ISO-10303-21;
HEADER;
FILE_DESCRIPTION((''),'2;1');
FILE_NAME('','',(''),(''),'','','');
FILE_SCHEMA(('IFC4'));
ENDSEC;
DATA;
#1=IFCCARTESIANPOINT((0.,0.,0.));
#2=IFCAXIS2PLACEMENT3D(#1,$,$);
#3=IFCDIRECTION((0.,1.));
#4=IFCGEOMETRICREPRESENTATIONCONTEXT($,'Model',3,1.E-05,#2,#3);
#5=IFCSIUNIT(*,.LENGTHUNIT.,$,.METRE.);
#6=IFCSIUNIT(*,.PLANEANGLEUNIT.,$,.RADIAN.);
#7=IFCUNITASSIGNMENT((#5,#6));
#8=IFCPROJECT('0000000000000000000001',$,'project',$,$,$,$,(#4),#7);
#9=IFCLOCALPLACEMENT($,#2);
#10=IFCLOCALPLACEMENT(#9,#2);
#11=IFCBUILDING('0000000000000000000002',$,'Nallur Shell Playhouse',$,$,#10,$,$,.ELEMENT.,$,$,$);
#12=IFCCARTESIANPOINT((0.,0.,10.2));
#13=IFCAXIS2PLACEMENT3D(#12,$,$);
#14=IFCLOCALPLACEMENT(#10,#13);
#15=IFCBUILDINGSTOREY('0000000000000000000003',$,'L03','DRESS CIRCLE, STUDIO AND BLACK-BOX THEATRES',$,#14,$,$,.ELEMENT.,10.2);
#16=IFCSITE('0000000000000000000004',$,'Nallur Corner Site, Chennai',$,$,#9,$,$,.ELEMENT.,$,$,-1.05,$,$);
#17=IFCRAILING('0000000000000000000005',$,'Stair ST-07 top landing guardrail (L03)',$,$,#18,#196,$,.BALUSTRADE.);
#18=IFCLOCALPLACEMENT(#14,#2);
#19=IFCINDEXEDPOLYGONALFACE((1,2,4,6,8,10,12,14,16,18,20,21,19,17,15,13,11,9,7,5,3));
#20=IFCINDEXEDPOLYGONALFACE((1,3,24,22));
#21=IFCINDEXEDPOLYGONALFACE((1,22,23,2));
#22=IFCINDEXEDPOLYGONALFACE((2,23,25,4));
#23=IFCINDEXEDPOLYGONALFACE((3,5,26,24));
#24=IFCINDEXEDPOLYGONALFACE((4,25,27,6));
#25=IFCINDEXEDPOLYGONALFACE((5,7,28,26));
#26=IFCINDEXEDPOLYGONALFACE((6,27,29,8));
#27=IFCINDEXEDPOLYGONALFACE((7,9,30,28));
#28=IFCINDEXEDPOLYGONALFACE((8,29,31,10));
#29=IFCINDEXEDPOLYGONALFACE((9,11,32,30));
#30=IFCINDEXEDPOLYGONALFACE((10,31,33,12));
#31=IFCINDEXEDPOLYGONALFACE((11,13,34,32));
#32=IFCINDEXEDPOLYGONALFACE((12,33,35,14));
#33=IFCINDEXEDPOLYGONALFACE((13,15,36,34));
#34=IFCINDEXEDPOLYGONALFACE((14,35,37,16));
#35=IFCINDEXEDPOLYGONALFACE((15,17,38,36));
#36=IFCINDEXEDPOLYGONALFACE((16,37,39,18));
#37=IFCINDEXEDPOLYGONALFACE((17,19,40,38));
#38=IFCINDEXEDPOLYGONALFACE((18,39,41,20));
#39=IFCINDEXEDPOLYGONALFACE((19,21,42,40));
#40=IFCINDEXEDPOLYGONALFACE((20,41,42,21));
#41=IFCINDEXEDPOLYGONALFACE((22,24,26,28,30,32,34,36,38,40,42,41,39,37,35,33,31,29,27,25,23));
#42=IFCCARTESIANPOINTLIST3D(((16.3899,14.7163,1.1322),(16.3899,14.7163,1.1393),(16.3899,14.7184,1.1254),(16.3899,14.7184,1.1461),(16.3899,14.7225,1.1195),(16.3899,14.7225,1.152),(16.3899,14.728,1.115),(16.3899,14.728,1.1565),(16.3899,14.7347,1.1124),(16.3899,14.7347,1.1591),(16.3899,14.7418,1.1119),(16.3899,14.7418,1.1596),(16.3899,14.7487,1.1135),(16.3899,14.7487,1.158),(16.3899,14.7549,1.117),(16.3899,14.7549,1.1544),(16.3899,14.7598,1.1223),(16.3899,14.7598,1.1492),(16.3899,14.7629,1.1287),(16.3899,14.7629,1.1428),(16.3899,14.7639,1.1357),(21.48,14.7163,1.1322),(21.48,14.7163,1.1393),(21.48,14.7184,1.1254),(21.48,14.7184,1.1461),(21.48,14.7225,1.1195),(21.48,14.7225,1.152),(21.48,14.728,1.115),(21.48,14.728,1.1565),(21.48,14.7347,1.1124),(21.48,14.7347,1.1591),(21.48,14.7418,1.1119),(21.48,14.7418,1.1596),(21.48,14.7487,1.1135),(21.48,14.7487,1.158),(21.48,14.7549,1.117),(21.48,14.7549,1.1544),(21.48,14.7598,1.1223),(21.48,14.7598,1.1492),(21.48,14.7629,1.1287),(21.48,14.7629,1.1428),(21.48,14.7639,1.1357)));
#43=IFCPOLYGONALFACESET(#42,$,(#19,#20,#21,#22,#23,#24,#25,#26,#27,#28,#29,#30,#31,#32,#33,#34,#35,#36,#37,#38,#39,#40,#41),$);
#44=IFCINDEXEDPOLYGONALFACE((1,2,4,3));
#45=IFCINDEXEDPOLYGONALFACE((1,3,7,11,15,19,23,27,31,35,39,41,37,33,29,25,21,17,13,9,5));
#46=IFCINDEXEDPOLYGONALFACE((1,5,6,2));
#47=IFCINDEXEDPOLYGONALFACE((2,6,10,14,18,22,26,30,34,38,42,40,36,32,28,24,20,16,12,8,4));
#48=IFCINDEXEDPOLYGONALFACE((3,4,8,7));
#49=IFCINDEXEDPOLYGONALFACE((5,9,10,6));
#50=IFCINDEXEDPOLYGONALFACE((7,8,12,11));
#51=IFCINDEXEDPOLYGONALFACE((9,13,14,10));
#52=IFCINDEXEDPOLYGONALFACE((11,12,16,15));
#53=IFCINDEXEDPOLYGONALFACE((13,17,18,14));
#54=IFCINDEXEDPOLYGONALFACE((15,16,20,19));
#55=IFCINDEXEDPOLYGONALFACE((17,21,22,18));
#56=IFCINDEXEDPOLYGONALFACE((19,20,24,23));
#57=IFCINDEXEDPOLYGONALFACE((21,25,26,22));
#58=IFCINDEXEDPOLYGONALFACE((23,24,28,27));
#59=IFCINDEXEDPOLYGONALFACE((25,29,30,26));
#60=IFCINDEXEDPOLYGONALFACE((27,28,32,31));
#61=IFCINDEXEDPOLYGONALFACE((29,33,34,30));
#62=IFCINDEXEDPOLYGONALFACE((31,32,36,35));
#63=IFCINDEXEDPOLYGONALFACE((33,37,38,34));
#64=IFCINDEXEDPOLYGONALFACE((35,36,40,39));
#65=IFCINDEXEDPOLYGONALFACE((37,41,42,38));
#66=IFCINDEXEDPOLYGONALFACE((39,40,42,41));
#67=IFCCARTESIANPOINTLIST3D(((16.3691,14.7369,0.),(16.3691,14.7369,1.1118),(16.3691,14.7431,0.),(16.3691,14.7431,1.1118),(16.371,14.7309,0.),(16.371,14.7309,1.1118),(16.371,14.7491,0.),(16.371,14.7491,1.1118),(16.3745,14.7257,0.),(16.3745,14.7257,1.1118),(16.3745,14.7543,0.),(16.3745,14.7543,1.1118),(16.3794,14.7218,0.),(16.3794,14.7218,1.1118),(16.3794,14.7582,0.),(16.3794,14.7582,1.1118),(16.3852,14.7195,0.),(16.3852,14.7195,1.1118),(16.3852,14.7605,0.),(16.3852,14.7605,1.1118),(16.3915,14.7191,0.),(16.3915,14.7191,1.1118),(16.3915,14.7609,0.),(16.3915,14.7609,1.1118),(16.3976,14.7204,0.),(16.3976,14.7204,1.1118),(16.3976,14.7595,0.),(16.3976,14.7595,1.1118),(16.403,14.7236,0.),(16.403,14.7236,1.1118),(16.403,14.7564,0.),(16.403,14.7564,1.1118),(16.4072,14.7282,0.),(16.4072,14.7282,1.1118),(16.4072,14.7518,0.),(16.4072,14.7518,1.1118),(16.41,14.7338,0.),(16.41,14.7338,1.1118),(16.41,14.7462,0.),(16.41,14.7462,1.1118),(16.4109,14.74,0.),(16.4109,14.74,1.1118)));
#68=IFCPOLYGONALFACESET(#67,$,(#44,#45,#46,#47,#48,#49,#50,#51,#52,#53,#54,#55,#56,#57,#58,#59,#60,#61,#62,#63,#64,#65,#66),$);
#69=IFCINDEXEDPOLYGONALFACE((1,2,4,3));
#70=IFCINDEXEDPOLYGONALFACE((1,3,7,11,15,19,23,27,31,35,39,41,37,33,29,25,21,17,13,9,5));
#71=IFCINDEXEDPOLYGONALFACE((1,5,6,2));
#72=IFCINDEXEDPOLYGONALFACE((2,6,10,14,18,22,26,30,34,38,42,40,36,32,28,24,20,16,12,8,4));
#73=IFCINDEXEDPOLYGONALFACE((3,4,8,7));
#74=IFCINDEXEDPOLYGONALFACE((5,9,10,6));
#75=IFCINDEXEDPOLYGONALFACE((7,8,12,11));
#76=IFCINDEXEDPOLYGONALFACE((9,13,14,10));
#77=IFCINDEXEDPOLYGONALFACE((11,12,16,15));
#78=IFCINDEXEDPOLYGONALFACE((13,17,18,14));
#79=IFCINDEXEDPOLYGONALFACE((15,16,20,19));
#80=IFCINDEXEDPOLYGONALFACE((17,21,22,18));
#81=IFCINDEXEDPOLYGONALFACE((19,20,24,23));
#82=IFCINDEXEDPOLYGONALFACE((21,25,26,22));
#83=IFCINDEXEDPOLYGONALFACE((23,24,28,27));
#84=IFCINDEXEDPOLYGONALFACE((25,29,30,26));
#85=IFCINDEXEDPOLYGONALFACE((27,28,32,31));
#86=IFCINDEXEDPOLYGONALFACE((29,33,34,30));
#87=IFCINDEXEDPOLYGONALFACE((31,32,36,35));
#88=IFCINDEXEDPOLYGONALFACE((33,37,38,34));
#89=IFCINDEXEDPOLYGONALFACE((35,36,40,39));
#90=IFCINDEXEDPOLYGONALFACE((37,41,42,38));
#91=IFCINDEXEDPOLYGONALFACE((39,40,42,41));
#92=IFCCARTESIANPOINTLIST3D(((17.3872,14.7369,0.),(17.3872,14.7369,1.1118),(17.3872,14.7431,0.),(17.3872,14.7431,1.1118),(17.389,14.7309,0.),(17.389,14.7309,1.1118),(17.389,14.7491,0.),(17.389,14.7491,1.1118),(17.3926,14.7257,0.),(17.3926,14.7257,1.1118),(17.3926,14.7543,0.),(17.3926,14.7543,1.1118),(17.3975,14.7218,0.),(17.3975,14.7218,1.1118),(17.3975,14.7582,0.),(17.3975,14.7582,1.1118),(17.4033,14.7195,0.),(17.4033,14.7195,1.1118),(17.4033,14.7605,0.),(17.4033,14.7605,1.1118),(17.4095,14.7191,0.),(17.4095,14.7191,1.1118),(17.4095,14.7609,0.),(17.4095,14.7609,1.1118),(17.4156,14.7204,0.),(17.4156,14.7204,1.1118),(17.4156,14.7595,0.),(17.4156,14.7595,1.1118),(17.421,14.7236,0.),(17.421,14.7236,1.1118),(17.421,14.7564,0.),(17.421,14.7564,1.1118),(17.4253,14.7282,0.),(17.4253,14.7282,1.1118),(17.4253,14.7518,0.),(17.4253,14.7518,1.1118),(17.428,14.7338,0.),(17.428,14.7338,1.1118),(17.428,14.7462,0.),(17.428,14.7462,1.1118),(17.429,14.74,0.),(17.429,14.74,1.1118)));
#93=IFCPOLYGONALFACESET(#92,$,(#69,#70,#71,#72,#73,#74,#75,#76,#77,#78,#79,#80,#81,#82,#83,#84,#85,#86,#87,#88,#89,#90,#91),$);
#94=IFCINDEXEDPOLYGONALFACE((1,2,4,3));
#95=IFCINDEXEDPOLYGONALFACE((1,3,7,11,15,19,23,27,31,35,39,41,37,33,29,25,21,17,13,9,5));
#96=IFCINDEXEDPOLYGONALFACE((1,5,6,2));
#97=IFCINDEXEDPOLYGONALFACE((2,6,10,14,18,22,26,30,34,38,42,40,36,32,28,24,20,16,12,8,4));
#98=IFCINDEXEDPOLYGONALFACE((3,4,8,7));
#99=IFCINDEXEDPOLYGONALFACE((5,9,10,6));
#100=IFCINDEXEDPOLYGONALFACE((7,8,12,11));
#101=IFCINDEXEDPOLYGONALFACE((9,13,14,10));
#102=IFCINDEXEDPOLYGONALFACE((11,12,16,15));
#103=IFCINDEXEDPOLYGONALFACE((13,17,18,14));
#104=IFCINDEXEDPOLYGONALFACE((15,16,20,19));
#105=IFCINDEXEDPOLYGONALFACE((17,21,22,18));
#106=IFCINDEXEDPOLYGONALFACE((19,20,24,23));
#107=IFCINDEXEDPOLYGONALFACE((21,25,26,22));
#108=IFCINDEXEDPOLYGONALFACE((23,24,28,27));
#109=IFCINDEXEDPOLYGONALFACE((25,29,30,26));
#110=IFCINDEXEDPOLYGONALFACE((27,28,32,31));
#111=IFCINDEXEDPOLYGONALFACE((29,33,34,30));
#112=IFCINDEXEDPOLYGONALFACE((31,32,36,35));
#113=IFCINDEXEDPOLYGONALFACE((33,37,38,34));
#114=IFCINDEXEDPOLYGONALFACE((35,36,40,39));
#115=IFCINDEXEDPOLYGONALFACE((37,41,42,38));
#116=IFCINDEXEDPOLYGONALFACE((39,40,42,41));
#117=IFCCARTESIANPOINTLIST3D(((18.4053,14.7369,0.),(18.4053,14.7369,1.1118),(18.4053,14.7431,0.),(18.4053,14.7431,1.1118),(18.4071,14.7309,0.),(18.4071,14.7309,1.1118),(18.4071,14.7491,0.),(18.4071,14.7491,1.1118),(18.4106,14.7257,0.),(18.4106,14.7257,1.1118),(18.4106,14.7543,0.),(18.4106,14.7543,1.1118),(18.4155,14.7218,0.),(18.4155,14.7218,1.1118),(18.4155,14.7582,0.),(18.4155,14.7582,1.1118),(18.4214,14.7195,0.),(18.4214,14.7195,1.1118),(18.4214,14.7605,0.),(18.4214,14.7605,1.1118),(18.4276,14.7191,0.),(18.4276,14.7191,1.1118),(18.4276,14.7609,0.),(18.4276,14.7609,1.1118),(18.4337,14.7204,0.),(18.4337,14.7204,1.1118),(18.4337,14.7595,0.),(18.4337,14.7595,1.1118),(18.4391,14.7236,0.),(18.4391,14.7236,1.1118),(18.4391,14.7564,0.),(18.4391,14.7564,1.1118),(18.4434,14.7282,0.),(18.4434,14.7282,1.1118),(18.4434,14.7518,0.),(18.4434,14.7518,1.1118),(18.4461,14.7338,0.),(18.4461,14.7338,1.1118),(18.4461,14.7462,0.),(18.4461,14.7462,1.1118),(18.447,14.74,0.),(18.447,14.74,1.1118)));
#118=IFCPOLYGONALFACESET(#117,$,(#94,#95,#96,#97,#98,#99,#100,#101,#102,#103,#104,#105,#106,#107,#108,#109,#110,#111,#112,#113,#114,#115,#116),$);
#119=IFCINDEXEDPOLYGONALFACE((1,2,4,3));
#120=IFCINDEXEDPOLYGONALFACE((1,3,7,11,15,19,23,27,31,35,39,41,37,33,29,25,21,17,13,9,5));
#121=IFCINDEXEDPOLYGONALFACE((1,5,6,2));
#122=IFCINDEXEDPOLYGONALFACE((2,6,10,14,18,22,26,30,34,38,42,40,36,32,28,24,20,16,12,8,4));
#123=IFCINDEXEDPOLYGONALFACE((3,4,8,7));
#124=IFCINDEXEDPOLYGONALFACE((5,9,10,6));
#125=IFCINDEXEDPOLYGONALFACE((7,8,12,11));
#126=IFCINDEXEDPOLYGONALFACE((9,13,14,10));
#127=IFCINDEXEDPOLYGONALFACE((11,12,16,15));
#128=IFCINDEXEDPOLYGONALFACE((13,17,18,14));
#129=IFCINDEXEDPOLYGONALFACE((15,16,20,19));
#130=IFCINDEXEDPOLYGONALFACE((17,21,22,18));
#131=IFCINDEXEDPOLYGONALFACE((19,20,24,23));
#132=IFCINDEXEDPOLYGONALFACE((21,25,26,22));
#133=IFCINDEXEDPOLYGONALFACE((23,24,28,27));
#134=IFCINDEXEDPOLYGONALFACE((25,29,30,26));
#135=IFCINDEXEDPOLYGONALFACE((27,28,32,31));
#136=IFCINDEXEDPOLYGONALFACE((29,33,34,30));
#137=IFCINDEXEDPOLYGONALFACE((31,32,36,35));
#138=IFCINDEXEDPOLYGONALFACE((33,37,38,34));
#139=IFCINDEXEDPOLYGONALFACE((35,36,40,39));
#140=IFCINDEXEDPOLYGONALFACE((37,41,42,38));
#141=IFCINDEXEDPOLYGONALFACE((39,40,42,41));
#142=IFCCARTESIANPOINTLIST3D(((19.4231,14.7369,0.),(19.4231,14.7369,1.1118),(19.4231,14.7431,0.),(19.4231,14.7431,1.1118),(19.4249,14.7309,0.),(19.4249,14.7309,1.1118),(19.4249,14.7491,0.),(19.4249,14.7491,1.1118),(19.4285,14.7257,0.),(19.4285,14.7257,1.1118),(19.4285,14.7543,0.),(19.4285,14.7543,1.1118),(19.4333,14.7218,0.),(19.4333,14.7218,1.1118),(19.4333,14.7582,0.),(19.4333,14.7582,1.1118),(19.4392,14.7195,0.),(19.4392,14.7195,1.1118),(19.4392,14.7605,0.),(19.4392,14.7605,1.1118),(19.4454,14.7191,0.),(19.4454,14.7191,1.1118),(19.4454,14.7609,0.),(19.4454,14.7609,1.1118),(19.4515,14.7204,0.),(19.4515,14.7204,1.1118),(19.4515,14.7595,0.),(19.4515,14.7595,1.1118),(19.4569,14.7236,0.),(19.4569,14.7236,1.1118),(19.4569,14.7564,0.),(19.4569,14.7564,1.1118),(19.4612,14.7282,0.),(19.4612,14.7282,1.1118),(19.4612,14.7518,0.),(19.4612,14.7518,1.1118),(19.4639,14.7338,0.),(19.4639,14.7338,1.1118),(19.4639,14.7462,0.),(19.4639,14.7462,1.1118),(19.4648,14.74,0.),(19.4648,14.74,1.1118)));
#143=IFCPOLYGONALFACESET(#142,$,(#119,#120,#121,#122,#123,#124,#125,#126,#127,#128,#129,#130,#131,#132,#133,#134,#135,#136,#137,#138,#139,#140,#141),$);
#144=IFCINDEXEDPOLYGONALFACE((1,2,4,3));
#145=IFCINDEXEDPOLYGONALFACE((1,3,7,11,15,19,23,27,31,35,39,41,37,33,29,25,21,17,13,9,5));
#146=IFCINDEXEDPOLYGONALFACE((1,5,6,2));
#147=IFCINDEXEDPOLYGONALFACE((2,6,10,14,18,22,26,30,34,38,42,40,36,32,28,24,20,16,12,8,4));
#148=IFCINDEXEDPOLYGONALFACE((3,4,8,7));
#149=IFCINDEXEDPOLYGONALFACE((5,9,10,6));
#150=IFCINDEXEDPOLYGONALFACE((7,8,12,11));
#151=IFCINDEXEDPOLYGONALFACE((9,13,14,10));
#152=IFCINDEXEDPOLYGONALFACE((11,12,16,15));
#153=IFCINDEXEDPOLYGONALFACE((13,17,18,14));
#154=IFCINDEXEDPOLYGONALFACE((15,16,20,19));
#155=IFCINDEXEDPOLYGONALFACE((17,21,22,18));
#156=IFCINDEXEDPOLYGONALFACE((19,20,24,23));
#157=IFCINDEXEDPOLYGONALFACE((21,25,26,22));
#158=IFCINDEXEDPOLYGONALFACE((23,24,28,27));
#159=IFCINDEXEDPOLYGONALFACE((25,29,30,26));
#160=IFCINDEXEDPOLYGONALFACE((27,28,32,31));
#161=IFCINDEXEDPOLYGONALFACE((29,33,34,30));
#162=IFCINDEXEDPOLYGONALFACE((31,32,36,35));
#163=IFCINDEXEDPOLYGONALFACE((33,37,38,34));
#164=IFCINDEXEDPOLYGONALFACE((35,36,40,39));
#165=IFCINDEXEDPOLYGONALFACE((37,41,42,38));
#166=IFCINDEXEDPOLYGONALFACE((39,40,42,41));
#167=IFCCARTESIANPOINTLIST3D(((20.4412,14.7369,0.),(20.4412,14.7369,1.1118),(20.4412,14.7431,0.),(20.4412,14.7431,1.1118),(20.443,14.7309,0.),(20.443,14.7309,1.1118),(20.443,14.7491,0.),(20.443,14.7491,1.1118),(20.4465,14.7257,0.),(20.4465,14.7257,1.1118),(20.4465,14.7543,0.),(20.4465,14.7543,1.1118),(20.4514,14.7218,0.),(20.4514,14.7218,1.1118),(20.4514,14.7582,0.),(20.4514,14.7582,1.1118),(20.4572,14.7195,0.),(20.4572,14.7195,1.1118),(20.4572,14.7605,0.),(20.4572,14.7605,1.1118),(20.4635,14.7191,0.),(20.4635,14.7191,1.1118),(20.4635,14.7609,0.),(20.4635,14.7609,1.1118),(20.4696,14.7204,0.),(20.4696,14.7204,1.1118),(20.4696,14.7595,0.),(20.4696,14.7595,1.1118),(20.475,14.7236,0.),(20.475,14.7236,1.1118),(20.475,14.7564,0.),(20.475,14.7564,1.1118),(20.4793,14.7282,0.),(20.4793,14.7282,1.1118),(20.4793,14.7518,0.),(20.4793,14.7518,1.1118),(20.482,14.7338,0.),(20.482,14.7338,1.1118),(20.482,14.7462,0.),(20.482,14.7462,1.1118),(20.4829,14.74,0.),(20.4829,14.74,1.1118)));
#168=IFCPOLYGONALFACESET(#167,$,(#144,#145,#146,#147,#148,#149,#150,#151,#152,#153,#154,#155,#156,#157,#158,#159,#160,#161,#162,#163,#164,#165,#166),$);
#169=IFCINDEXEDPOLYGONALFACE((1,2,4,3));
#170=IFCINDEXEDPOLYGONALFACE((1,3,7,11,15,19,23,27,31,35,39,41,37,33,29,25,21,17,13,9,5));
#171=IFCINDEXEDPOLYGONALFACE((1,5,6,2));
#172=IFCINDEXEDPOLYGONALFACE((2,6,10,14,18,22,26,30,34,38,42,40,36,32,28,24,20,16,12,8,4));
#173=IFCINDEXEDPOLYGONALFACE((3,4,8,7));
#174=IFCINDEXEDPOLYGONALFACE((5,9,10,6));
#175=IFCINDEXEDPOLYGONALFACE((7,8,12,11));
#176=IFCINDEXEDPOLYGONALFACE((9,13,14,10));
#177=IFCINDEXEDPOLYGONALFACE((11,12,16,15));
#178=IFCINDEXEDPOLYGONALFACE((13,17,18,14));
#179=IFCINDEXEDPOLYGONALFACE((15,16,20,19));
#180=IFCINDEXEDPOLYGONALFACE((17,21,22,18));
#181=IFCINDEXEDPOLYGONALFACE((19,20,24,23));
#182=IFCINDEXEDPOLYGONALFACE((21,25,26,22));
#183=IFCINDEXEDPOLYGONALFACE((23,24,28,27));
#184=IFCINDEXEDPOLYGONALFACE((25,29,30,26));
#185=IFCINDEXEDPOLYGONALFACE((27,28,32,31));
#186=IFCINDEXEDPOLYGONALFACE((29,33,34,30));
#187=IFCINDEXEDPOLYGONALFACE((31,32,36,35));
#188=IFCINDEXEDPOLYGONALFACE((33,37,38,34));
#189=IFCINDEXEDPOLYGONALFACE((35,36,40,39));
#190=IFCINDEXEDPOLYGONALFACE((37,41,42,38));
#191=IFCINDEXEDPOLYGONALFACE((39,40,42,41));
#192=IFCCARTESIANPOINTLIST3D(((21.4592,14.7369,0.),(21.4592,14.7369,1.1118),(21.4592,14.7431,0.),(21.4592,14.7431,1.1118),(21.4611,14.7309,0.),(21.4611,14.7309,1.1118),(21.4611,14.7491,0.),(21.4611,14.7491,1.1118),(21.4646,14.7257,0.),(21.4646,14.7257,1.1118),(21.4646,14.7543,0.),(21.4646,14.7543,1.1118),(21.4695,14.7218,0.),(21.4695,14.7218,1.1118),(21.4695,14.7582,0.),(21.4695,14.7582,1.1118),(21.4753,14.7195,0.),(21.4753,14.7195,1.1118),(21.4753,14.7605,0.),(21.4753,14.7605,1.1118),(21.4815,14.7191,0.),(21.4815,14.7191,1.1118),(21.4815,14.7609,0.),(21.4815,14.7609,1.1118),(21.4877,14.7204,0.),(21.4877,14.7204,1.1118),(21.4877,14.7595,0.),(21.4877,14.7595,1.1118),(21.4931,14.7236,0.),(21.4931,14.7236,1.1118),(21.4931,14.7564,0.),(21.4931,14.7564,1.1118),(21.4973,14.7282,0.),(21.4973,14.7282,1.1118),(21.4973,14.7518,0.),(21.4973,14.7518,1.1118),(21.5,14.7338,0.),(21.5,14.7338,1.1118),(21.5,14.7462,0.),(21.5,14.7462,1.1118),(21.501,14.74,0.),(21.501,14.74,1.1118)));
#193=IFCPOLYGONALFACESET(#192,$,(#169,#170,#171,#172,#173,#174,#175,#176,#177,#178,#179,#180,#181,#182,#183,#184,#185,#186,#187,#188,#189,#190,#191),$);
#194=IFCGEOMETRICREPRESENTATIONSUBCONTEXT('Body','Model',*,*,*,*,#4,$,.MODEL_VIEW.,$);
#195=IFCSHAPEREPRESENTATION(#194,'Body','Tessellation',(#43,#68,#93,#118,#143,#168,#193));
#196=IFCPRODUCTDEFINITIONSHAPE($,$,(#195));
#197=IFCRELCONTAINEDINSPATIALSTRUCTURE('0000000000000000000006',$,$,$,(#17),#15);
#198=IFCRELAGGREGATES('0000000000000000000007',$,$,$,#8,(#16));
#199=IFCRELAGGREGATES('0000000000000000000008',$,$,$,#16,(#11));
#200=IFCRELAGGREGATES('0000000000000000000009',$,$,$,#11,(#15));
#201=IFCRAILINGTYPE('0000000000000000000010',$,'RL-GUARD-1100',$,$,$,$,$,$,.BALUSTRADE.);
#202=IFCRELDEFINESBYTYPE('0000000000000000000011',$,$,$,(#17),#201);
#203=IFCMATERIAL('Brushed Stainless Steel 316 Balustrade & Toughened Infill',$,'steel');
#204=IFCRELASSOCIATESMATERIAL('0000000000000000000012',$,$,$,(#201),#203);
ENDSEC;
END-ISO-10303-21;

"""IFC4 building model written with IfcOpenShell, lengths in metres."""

from ifc_helpers import new_model, si_unit, direction, frame, origin, origin_2d, place, context, subcontext, project, spatial, circle, extrude, material, type_object, element, save


model = new_model("IFC4")

# Units and contexts
model_context = context("Model", 3, precision=1e-05, world=origin(), true_north=direction((0.0, 1.0)))
body_context = subcontext(model_context, "Body", "Model", "MODEL_VIEW")
ifc_project = project(units=[si_unit("LENGTHUNIT", "METRE"), si_unit("PLANEANGLEUNIT", "RADIAN")], contexts=[model_context])

# Site, building, storey
site_placement = place(None, origin())
site = spatial("IfcSite", under=ifc_project, at=site_placement, Name="Nallur Corner Site, Chennai", CompositionType="ELEMENT", RefElevation=-1.05)
building_placement = place(site_placement, origin())
building = spatial("IfcBuilding", under=site, at=building_placement, Name="Nallur Shell Playhouse", CompositionType="ELEMENT")
storey_placement = place(building_placement, frame((0.0, 0.0, 10.2)))
storey = spatial("IfcBuildingStorey", under=building, at=storey_placement, Name="L03", Description="DRESS CIRCLE, STUDIO AND BLACK-BOX THEATRES", CompositionType="ELEMENT", Elevation=10.2)

# Railing
ifc_material_1 = material(Name="Brushed Stainless Steel 316 Balustrade & Toughened Infill", Category="steel")
railing_type_1 = type_object("IfcRailingType", Name="RL-GUARD-1100", PredefinedType="BALUSTRADE", material=ifc_material_1)
railing_1_placement = place(storey_placement, frame((16.3899, 14.74, 0.0)))
element("IfcRailing", 1, at=railing_1_placement, inside=storey, type_object=railing_type_1, Name="Stair ST-07 top landing guardrail (L03)", PredefinedType="BALUSTRADE", context=body_context, shape_type="SweptSolid", body=[
    extrude(circle(Radius=0.0239, at=origin_2d()), frame((0.0, 0.0, 1.1357), z_axis=(1.0, 0.0, 0.0), x_axis=(0.0, 1.0, 0.0)), (0.0, 0.0, 1.0), 5.0901),
    extrude(circle(Radius=0.021, at=origin_2d()), origin(), (0.0, 0.0, 1.0), 1.1118),
    extrude(circle(Radius=0.021, at=origin_2d()), frame((1.0181, 0.0, 0.0)), (0.0, 0.0, 1.0), 1.1118),
    extrude(circle(Radius=0.021, at=origin_2d()), frame((2.0361, 0.0, 0.0)), (0.0, 0.0, 1.0), 1.1118),
    extrude(circle(Radius=0.021, at=origin_2d()), frame((3.054, 0.0, 0.0)), (0.0, 0.0, 1.0), 1.1118),
    extrude(circle(Radius=0.021, at=origin_2d()), frame((4.072, 0.0, 0.0)), (0.0, 0.0, 1.0), 1.1118),
    extrude(circle(Radius=0.021, at=origin_2d()), frame((5.0901, 0.0, 0.0)), (0.0, 0.0, 1.0), 1.1118),
])

save(model, "model.ifc")
